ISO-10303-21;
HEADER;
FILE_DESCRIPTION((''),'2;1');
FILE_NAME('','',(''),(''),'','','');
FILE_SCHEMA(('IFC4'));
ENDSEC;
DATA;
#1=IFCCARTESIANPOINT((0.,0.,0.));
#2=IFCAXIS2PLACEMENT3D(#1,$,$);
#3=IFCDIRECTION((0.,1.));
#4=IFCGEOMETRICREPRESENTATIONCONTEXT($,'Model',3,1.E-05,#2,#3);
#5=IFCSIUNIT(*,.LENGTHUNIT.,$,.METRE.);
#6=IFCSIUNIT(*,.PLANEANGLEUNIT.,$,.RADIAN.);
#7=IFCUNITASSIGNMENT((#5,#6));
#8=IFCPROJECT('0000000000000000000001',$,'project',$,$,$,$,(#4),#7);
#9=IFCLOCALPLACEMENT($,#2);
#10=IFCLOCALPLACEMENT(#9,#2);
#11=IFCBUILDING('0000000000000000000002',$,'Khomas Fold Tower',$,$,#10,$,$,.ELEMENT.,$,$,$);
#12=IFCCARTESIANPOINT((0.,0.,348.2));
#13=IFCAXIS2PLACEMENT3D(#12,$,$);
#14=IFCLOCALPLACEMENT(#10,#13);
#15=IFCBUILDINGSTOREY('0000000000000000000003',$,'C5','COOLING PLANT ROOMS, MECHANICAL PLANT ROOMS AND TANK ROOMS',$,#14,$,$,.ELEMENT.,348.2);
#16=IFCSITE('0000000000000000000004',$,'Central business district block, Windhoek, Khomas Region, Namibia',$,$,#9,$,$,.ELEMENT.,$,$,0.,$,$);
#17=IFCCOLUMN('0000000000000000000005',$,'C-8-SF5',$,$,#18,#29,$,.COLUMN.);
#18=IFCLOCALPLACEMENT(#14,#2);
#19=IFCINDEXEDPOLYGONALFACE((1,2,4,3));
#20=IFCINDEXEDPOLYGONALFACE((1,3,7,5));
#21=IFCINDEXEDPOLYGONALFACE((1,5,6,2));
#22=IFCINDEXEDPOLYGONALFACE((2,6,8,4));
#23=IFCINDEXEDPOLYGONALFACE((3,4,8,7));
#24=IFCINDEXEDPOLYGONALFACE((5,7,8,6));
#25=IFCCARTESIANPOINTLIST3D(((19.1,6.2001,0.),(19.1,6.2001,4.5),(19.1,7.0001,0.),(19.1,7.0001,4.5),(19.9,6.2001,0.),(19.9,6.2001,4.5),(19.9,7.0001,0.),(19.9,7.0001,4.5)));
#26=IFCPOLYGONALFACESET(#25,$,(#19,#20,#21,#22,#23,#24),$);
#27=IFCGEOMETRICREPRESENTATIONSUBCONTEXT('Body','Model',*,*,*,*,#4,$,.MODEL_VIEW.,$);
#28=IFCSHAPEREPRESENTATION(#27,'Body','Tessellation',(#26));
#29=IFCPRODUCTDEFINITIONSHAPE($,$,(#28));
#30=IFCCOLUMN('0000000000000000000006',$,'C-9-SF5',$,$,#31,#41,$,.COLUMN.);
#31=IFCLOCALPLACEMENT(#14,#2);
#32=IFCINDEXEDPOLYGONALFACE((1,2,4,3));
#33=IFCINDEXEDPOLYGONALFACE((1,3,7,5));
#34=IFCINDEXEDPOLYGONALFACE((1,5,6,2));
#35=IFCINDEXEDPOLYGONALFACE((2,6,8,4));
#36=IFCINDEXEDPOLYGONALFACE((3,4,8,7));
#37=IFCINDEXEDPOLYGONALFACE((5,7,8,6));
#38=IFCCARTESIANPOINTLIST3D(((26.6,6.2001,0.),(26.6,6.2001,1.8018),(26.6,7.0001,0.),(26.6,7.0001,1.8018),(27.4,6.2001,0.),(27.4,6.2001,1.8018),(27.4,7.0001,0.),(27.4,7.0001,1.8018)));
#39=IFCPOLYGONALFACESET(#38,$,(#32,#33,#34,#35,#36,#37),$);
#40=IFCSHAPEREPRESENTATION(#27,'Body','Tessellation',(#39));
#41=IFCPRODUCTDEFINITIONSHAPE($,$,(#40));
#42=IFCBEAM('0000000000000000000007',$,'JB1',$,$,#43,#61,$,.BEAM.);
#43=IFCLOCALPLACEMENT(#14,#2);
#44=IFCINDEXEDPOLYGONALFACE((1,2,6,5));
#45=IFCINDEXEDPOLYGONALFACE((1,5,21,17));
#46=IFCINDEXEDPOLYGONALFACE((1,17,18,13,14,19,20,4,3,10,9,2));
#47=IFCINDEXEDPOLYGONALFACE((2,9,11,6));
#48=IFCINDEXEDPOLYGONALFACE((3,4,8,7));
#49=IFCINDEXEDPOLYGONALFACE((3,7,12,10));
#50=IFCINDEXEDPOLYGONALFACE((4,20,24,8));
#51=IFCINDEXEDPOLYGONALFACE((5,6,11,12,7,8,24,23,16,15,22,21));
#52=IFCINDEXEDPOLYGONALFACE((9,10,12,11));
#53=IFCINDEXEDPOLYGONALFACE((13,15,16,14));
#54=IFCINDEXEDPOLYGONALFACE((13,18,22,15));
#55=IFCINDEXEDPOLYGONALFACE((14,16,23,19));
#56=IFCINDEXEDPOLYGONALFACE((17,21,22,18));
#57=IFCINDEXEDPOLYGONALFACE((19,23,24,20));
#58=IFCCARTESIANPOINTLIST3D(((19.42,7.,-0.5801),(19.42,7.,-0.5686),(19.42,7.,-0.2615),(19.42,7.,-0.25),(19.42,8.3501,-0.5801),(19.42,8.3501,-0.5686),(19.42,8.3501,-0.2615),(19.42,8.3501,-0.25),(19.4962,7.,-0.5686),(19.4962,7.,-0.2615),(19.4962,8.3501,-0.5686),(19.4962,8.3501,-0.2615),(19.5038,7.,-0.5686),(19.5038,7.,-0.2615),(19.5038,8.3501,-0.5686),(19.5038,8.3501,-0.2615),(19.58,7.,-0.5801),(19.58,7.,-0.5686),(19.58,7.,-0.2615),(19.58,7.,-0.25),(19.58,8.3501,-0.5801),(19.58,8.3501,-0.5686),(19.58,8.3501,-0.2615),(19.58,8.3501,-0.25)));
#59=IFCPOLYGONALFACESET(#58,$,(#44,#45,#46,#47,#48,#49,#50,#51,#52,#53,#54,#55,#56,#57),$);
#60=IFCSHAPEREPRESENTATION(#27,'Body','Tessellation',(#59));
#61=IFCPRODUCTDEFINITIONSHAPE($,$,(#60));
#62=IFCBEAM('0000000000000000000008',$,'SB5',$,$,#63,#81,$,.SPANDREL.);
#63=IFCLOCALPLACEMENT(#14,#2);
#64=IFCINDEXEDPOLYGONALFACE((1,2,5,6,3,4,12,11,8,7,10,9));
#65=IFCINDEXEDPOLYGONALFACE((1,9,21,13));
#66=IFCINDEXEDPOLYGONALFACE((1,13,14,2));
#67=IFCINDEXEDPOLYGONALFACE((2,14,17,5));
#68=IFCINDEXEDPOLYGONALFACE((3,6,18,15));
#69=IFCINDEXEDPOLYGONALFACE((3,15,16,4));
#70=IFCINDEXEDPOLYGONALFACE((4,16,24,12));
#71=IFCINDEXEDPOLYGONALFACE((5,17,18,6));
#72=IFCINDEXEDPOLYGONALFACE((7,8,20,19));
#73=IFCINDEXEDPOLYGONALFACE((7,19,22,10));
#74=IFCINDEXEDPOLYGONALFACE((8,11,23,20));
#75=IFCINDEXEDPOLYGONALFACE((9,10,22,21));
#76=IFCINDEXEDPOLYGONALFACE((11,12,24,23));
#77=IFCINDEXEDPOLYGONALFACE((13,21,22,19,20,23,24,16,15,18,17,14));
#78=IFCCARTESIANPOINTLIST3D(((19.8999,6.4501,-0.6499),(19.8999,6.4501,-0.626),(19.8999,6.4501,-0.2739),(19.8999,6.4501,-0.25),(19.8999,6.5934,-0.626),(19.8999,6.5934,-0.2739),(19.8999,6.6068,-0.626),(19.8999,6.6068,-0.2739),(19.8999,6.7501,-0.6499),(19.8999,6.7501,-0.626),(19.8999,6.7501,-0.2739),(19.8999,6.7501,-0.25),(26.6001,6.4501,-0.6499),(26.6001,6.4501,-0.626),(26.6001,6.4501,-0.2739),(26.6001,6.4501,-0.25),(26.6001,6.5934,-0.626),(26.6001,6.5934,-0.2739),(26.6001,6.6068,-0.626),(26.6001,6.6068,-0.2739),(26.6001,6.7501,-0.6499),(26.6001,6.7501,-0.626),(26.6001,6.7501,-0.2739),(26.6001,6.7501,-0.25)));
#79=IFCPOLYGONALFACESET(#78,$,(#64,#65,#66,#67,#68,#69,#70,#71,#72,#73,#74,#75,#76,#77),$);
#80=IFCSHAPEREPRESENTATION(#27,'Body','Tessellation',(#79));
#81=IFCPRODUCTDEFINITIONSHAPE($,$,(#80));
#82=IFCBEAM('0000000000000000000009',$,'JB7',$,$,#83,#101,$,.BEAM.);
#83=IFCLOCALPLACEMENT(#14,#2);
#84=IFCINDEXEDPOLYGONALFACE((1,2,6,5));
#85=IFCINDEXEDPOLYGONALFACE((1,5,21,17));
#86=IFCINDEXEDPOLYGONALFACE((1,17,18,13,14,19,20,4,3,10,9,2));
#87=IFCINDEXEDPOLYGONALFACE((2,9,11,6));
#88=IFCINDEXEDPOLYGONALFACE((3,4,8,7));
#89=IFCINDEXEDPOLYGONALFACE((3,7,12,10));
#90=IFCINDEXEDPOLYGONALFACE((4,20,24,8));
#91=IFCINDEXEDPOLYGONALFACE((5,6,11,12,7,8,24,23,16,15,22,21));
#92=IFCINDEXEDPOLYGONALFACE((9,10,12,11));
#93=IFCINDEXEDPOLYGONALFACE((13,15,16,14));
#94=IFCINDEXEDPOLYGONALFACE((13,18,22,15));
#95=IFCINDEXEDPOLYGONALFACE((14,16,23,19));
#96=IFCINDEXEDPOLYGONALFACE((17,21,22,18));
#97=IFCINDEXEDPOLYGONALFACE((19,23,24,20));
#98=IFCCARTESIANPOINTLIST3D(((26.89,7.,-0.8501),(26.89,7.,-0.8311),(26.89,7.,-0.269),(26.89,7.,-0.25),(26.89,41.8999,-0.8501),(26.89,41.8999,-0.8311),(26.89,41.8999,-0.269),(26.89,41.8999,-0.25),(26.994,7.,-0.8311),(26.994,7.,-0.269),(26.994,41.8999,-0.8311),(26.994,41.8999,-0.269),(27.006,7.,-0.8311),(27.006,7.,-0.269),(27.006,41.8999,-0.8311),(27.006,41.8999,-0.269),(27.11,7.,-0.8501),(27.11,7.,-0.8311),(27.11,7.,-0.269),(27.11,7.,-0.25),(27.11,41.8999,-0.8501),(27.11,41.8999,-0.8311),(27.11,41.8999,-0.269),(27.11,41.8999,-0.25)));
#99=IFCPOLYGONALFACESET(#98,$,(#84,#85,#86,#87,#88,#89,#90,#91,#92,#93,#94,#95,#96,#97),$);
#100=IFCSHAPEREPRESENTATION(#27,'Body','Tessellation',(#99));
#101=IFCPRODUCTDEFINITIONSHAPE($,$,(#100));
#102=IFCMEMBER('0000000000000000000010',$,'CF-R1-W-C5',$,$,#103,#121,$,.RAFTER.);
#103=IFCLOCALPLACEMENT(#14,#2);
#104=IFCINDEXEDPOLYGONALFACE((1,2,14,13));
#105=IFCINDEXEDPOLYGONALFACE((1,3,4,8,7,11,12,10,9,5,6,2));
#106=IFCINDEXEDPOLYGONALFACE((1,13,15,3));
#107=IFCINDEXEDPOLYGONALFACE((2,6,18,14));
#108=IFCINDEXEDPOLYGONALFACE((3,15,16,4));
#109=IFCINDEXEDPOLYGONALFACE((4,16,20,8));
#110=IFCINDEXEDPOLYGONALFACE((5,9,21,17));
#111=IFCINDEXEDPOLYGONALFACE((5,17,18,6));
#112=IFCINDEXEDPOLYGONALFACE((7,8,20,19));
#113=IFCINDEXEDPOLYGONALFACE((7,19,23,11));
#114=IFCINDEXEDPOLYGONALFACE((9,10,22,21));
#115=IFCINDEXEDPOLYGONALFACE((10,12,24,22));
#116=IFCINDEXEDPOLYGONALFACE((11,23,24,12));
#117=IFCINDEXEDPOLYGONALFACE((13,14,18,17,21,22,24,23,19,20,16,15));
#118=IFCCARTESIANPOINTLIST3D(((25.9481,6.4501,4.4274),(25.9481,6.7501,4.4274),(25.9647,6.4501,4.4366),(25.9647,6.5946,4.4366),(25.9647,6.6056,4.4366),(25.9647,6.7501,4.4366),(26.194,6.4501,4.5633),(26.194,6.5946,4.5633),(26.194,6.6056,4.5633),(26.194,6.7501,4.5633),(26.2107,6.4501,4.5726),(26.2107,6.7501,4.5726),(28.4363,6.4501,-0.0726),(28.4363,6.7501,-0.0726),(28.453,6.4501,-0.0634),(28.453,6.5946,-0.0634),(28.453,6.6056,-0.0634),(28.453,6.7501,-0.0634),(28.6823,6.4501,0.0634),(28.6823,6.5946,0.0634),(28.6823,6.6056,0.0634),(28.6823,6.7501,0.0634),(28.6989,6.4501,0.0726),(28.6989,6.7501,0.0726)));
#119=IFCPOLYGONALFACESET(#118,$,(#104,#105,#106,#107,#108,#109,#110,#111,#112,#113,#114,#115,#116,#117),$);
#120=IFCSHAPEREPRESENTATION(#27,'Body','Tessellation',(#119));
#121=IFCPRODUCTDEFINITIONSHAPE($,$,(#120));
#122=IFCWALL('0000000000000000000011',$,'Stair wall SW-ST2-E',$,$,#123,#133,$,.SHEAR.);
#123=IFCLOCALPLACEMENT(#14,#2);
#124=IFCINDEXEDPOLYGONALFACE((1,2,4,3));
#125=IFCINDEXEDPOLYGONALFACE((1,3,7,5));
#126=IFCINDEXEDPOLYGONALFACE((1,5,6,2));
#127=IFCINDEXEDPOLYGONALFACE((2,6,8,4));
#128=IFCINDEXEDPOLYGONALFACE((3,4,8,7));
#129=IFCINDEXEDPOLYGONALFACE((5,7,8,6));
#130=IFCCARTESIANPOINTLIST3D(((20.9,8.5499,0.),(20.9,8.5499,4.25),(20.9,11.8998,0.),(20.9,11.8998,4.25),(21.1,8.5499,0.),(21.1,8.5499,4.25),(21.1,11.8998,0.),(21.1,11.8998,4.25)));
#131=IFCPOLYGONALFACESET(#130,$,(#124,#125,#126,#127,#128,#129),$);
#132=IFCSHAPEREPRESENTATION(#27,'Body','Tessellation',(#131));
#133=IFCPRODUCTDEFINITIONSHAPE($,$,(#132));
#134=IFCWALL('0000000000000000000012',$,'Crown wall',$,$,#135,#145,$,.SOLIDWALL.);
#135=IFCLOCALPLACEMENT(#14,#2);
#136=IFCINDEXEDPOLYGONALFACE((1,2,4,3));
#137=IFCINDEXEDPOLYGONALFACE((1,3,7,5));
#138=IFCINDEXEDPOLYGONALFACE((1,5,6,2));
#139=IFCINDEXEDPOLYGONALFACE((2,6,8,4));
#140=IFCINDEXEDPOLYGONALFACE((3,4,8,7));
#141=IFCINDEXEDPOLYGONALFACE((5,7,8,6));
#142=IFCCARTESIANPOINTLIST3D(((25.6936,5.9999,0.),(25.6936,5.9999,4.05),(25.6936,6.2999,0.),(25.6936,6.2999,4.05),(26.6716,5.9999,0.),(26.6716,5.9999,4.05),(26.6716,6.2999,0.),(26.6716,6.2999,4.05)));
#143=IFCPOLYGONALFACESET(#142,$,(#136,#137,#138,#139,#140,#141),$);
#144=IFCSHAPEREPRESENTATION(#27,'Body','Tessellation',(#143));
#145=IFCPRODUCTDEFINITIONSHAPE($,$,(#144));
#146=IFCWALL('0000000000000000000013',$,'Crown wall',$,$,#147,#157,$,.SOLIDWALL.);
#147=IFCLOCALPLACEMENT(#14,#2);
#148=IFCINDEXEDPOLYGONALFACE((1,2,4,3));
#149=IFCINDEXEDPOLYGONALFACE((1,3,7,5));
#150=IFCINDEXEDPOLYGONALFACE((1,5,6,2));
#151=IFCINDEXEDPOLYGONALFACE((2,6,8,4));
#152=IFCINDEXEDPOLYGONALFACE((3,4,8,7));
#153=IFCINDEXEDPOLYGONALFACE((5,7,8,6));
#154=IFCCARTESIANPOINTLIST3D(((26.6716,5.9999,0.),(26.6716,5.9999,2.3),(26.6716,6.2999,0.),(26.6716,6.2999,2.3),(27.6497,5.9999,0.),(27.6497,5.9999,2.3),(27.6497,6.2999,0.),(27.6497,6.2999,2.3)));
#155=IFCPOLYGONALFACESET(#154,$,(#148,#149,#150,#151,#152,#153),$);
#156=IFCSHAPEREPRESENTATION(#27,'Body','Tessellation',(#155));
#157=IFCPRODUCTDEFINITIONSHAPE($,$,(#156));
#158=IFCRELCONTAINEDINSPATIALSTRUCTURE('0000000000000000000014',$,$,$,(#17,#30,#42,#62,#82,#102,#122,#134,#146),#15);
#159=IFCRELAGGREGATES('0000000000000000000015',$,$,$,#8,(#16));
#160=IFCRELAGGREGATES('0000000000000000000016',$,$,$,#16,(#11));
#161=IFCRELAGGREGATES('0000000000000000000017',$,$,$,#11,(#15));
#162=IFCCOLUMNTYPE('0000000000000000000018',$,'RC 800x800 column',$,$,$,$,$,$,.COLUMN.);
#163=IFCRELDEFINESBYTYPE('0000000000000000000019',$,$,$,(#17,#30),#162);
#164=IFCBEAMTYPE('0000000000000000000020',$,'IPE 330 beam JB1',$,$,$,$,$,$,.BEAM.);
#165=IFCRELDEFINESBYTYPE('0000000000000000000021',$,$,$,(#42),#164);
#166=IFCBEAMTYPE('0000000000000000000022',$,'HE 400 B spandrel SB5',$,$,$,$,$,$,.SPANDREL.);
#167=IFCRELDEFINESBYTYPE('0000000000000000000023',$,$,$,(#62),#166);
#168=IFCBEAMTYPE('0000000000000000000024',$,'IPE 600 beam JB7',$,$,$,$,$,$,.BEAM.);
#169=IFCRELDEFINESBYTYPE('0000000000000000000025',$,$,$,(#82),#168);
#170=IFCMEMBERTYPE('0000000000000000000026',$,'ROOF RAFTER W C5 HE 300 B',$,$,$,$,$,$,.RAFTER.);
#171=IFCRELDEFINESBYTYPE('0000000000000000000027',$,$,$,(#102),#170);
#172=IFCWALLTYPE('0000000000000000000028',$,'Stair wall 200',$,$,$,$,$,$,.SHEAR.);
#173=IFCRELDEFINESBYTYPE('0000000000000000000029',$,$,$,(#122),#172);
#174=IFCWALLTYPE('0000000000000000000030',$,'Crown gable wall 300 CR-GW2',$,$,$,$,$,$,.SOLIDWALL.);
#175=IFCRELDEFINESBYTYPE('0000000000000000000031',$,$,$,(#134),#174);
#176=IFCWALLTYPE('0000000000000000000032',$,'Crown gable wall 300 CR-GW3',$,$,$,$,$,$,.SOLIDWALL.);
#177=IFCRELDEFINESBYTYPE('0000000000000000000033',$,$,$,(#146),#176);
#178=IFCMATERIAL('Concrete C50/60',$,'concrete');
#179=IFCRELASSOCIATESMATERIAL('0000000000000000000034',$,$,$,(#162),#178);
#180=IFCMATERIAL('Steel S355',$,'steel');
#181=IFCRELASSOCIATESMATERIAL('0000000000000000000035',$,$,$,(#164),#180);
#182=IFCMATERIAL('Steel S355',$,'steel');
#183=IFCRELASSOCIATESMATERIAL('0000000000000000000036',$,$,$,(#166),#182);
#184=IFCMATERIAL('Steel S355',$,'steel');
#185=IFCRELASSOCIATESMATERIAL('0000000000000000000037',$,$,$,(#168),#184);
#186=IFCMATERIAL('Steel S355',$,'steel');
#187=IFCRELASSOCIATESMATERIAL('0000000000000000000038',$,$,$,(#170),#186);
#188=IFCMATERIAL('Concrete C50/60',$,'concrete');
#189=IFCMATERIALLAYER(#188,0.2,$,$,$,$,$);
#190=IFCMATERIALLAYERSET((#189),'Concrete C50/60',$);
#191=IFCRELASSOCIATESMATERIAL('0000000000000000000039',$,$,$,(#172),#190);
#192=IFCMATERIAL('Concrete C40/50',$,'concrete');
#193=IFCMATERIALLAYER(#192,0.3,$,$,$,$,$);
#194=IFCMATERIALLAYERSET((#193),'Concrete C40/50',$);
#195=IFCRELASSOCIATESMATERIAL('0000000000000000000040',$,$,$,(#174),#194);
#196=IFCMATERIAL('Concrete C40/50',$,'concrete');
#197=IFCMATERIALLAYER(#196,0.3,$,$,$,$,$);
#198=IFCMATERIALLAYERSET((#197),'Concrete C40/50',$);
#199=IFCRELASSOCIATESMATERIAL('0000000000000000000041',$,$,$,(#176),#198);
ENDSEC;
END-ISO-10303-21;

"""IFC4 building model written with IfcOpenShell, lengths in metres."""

from ifc_helpers import new_model, si_unit, direction, frame, frame_2d, origin, origin_2d, place, context, subcontext, project, spatial, rectangle, i_section, extrude, source, transform, mapped, material, layer, layer_set, material_profile, profile_set, type_object, element, save


model = new_model("IFC4")

# Units and contexts
model_context = context("Model", 3, precision=1e-05, world=origin(), true_north=direction((0.0, 1.0)))
body_context = subcontext(model_context, "Body", "Model", "MODEL_VIEW")
ifc_project = project(units=[si_unit("LENGTHUNIT", "METRE"), si_unit("PLANEANGLEUNIT", "RADIAN")], contexts=[model_context])

# Site, building, storey
site_placement = place(None, origin())
site = spatial("IfcSite", under=ifc_project, at=site_placement, Name="Central business district block, Windhoek, Khomas Region, Namibia", CompositionType="ELEMENT", RefElevation=0.0)
building_placement = place(site_placement, origin())
building = spatial("IfcBuilding", under=site, at=building_placement, Name="Khomas Fold Tower", CompositionType="ELEMENT")
storey_placement = place(building_placement, frame((0.0, 0.0, 348.2)))
storey = spatial("IfcBuildingStorey", under=building, at=storey_placement, Name="C5", Description="COOLING PLANT ROOMS, MECHANICAL PLANT ROOMS AND TANK ROOMS", CompositionType="ELEMENT", Elevation=348.2)

# Columns
ifc_material_1 = material(Name="Concrete C50/60", Category="concrete")
ifc_material_profile_1 = material_profile(ifc_material_1, rectangle(XDim=0.8, YDim=0.8, at=origin_2d()), Name="RC 800x800")
ifc_profile_set_1 = profile_set([ifc_material_profile_1], Name="Concrete C50/60")
column_type = type_object("IfcColumnType", Name="RC 800x800 column", PredefinedType="COLUMN", material=ifc_profile_set_1)
shared_shape_1 = source(origin(), body_context, "Body", "SweptSolid", [
    extrude(rectangle(XDim=0.8, YDim=0.8, at=origin_2d()), origin(), (0.0, 0.0, 1.0), 4.5),
])
column_1_placement = place(storey_placement, frame((19.5, 6.6001, 0.0), z_axis=(0.0, 0.0, 1.0), x_axis=(1.0, 0.0, 0.0)))
element("IfcColumn", 1, at=column_1_placement, inside=storey, type_object=column_type, Name="C-8-SF5", PredefinedType="COLUMN", context=body_context, shape_type="MappedRepresentation", body=[
    mapped(shared_shape_1, transform((0.0, 0.0, 0.0))),
])
shared_shape_2 = source(origin(), body_context, "Body", "SweptSolid", [
    extrude(rectangle(XDim=0.8, YDim=0.8, at=origin_2d()), origin(), (0.0, 0.0, 1.0), 1.8018),
])
column_2_placement = place(storey_placement, frame((27.0, 6.6001, 0.0), z_axis=(0.0, 0.0, 1.0), x_axis=(1.0, 0.0, 0.0)))
element("IfcColumn", 2, at=column_2_placement, inside=storey, type_object=column_type, Name="C-9-SF5", PredefinedType="COLUMN", context=body_context, shape_type="MappedRepresentation", body=[
    mapped(shared_shape_2, transform((0.0, 0.0, 0.0))),
])

# Beams
ifc_material_2 = material(Name="Steel S355", Category="steel")
ifc_material_profile_2 = material_profile(ifc_material_2, i_section(OverallWidth=0.1599, OverallDepth=0.3301, WebThickness=0.0076, FlangeThickness=0.0115, at=origin_2d()), Name="IPE 330")
ifc_profile_set_2 = profile_set([ifc_material_profile_2], Name="Steel S355")
beam_type_1 = type_object("IfcBeamType", Name="IPE 330 beam JB1", PredefinedType="BEAM", material=ifc_profile_set_2)
shared_shape_3 = source(origin(), body_context, "Body", "SweptSolid", [
    extrude(i_section(OverallWidth=0.1599, OverallDepth=0.3301, WebThickness=0.0076, FlangeThickness=0.0115, at=origin_2d()), origin(), (0.0, 0.0, 1.0), 1.3501),
])
beam_1_placement = place(storey_placement, frame((19.5, 7.0, -0.415), z_axis=(0.0, 1.0, 0.0), x_axis=(-1.0, 0.0, 0.0)))
element("IfcBeam", 3, at=beam_1_placement, inside=storey, type_object=beam_type_1, Name="JB1", PredefinedType="BEAM", context=body_context, shape_type="MappedRepresentation", body=[
    mapped(shared_shape_3, transform((0.0, 0.0, 0.0))),
])
ifc_material_3 = material(Name="Steel S355", Category="steel")
ifc_material_profile_3 = material_profile(ifc_material_3, i_section(OverallWidth=0.3, OverallDepth=0.3999, WebThickness=0.0134, FlangeThickness=0.0239, at=origin_2d()), Name="HE 400 B")
ifc_profile_set_3 = profile_set([ifc_material_profile_3], Name="Steel S355")
beam_type_2 = type_object("IfcBeamType", Name="HE 400 B spandrel SB5", PredefinedType="SPANDREL", material=ifc_profile_set_3)
shared_shape_4 = source(origin(), body_context, "Body", "SweptSolid", [
    extrude(i_section(OverallWidth=0.3, OverallDepth=0.3999, WebThickness=0.0134, FlangeThickness=0.0239, at=origin_2d()), origin(), (0.0, 0.0, 1.0), 6.7002),
])
beam_2_placement = place(storey_placement, frame((19.8999, 6.6001, -0.45), z_axis=(1.0, 0.0, 0.0), x_axis=(0.0, 1.0, 0.0)))
element("IfcBeam", 4, at=beam_2_placement, inside=storey, type_object=beam_type_2, Name="SB5", PredefinedType="SPANDREL", context=body_context, shape_type="MappedRepresentation", body=[
    mapped(shared_shape_4, transform((0.0, 0.0, 0.0))),
])
ifc_material_4 = material(Name="Steel S355", Category="steel")
ifc_material_profile_4 = material_profile(ifc_material_4, i_section(OverallWidth=0.22, OverallDepth=0.6001, WebThickness=0.012, FlangeThickness=0.019, at=origin_2d()), Name="IPE 600")
ifc_profile_set_4 = profile_set([ifc_material_profile_4], Name="Steel S355")
beam_type_3 = type_object("IfcBeamType", Name="IPE 600 beam JB7", PredefinedType="BEAM", material=ifc_profile_set_4)
shared_shape_5 = source(origin(), body_context, "Body", "SweptSolid", [
    extrude(i_section(OverallWidth=0.22, OverallDepth=0.6001, WebThickness=0.012, FlangeThickness=0.019, at=origin_2d()), origin(), (0.0, 0.0, 1.0), 34.8999),
])
beam_3_placement = place(storey_placement, frame((27.0, 7.0, -0.55), z_axis=(0.0, 1.0, 0.0), x_axis=(-1.0, 0.0, 0.0)))
element("IfcBeam", 5, at=beam_3_placement, inside=storey, type_object=beam_type_3, Name="JB7", PredefinedType="BEAM", context=body_context, shape_type="MappedRepresentation", body=[
    mapped(shared_shape_5, transform((0.0, 0.0, 0.0))),
])

# Member
ifc_material_5 = material(Name="Steel S355", Category="steel")
ifc_material_profile_5 = material_profile(ifc_material_5, i_section(OverallWidth=0.3, OverallDepth=0.3, WebThickness=0.011, FlangeThickness=0.019, at=origin_2d()), Name="HE 300 B")
ifc_profile_set_5 = profile_set([ifc_material_profile_5], Name="Steel S355")
member_type = type_object("IfcMemberType", Name="ROOF RAFTER W C5 HE 300 B", PredefinedType="RAFTER", material=ifc_profile_set_5)
shared_shape_6 = source(origin(), body_context, "Body", "SweptSolid", [
    extrude(i_section(OverallWidth=0.3, OverallDepth=0.3, WebThickness=0.011, FlangeThickness=0.019, at=origin_2d()), origin(), (0.0, 0.0, 1.0), 5.1421),
])
member_placement = place(storey_placement, frame((28.5676, 6.6001, 0.0), z_axis=(-0.4839, 0.0, 0.875123), x_axis=(0.0, -1.0, 0.0)))
element("IfcMember", 6, at=member_placement, inside=storey, type_object=member_type, Name="CF-R1-W-C5", PredefinedType="RAFTER", context=body_context, shape_type="MappedRepresentation", body=[
    mapped(shared_shape_6, transform((0.0, 0.0, 0.0))),
])

# Walls
ifc_material_6 = material(Name="Concrete C50/60", Category="concrete")
ifc_layer_1 = layer(ifc_material_6, 0.2)
ifc_layer_set_1 = layer_set([ifc_layer_1], Name="Concrete C50/60")
wall_type_1 = type_object("IfcWallType", Name="Stair wall 200", PredefinedType="SHEAR", material=ifc_layer_set_1)
shared_shape_7 = source(origin(), body_context, "Body", "SweptSolid", [
    extrude(rectangle(XDim=3.3499, YDim=0.2, at=frame_2d((1.6748, 0.0))), origin(), (0.0, 0.0, 1.0), 4.25),
])
wall_1_placement = place(storey_placement, frame((21.0, 8.55, 0.0), z_axis=(0.0, 0.0, 1.0), x_axis=(0.0, 1.0, 0.0)))
element("IfcWall", 7, at=wall_1_placement, inside=storey, type_object=wall_type_1, Name="Stair wall SW-ST2-E", PredefinedType="SHEAR", context=body_context, shape_type="MappedRepresentation", body=[
    mapped(shared_shape_7, transform((0.0, 0.0, 0.0))),
])
ifc_material_7 = material(Name="Concrete C40/50", Category="concrete")
ifc_layer_2 = layer(ifc_material_7, 0.3)
ifc_layer_set_2 = layer_set([ifc_layer_2], Name="Concrete C40/50")
wall_type_2 = type_object("IfcWallType", Name="Crown gable wall 300 CR-GW2", PredefinedType="SOLIDWALL", material=ifc_layer_set_2)
shared_shape_8 = source(origin(), body_context, "Body", "SweptSolid", [
    extrude(rectangle(XDim=0.978, YDim=0.3, at=frame_2d((0.489, 0.0))), origin(), (0.0, 0.0, 1.0), 4.05),
])
wall_2_placement = place(storey_placement, frame((25.6936, 6.1499, 0.0), z_axis=(0.0, 0.0, 1.0), x_axis=(1.0, 0.0, 0.0)))
element("IfcWall", 8, at=wall_2_placement, inside=storey, type_object=wall_type_2, Name="Crown wall", PredefinedType="SOLIDWALL", context=body_context, shape_type="MappedRepresentation", body=[
    mapped(shared_shape_8, transform((0.0, 0.0, 0.0))),
])
ifc_material_8 = material(Name="Concrete C40/50", Category="concrete")
ifc_layer_3 = layer(ifc_material_8, 0.3)
ifc_layer_set_3 = layer_set([ifc_layer_3], Name="Concrete C40/50")
wall_type_3 = type_object("IfcWallType", Name="Crown gable wall 300 CR-GW3", PredefinedType="SOLIDWALL", material=ifc_layer_set_3)
shared_shape_9 = source(origin(), body_context, "Body", "SweptSolid", [
    extrude(rectangle(XDim=0.978, YDim=0.3, at=frame_2d((0.489, 0.0))), origin(), (0.0, 0.0, 1.0), 2.3),
])
wall_3_placement = place(storey_placement, frame((26.6716, 6.1499, 0.0), z_axis=(0.0, 0.0, 1.0), x_axis=(1.0, 0.0, 0.0)))
element("IfcWall", 9, at=wall_3_placement, inside=storey, type_object=wall_type_3, Name="Crown wall", PredefinedType="SOLIDWALL", context=body_context, shape_type="MappedRepresentation", body=[
    mapped(shared_shape_9, transform((0.0, 0.0, 0.0))),
])

save(model, "model.ifc")
